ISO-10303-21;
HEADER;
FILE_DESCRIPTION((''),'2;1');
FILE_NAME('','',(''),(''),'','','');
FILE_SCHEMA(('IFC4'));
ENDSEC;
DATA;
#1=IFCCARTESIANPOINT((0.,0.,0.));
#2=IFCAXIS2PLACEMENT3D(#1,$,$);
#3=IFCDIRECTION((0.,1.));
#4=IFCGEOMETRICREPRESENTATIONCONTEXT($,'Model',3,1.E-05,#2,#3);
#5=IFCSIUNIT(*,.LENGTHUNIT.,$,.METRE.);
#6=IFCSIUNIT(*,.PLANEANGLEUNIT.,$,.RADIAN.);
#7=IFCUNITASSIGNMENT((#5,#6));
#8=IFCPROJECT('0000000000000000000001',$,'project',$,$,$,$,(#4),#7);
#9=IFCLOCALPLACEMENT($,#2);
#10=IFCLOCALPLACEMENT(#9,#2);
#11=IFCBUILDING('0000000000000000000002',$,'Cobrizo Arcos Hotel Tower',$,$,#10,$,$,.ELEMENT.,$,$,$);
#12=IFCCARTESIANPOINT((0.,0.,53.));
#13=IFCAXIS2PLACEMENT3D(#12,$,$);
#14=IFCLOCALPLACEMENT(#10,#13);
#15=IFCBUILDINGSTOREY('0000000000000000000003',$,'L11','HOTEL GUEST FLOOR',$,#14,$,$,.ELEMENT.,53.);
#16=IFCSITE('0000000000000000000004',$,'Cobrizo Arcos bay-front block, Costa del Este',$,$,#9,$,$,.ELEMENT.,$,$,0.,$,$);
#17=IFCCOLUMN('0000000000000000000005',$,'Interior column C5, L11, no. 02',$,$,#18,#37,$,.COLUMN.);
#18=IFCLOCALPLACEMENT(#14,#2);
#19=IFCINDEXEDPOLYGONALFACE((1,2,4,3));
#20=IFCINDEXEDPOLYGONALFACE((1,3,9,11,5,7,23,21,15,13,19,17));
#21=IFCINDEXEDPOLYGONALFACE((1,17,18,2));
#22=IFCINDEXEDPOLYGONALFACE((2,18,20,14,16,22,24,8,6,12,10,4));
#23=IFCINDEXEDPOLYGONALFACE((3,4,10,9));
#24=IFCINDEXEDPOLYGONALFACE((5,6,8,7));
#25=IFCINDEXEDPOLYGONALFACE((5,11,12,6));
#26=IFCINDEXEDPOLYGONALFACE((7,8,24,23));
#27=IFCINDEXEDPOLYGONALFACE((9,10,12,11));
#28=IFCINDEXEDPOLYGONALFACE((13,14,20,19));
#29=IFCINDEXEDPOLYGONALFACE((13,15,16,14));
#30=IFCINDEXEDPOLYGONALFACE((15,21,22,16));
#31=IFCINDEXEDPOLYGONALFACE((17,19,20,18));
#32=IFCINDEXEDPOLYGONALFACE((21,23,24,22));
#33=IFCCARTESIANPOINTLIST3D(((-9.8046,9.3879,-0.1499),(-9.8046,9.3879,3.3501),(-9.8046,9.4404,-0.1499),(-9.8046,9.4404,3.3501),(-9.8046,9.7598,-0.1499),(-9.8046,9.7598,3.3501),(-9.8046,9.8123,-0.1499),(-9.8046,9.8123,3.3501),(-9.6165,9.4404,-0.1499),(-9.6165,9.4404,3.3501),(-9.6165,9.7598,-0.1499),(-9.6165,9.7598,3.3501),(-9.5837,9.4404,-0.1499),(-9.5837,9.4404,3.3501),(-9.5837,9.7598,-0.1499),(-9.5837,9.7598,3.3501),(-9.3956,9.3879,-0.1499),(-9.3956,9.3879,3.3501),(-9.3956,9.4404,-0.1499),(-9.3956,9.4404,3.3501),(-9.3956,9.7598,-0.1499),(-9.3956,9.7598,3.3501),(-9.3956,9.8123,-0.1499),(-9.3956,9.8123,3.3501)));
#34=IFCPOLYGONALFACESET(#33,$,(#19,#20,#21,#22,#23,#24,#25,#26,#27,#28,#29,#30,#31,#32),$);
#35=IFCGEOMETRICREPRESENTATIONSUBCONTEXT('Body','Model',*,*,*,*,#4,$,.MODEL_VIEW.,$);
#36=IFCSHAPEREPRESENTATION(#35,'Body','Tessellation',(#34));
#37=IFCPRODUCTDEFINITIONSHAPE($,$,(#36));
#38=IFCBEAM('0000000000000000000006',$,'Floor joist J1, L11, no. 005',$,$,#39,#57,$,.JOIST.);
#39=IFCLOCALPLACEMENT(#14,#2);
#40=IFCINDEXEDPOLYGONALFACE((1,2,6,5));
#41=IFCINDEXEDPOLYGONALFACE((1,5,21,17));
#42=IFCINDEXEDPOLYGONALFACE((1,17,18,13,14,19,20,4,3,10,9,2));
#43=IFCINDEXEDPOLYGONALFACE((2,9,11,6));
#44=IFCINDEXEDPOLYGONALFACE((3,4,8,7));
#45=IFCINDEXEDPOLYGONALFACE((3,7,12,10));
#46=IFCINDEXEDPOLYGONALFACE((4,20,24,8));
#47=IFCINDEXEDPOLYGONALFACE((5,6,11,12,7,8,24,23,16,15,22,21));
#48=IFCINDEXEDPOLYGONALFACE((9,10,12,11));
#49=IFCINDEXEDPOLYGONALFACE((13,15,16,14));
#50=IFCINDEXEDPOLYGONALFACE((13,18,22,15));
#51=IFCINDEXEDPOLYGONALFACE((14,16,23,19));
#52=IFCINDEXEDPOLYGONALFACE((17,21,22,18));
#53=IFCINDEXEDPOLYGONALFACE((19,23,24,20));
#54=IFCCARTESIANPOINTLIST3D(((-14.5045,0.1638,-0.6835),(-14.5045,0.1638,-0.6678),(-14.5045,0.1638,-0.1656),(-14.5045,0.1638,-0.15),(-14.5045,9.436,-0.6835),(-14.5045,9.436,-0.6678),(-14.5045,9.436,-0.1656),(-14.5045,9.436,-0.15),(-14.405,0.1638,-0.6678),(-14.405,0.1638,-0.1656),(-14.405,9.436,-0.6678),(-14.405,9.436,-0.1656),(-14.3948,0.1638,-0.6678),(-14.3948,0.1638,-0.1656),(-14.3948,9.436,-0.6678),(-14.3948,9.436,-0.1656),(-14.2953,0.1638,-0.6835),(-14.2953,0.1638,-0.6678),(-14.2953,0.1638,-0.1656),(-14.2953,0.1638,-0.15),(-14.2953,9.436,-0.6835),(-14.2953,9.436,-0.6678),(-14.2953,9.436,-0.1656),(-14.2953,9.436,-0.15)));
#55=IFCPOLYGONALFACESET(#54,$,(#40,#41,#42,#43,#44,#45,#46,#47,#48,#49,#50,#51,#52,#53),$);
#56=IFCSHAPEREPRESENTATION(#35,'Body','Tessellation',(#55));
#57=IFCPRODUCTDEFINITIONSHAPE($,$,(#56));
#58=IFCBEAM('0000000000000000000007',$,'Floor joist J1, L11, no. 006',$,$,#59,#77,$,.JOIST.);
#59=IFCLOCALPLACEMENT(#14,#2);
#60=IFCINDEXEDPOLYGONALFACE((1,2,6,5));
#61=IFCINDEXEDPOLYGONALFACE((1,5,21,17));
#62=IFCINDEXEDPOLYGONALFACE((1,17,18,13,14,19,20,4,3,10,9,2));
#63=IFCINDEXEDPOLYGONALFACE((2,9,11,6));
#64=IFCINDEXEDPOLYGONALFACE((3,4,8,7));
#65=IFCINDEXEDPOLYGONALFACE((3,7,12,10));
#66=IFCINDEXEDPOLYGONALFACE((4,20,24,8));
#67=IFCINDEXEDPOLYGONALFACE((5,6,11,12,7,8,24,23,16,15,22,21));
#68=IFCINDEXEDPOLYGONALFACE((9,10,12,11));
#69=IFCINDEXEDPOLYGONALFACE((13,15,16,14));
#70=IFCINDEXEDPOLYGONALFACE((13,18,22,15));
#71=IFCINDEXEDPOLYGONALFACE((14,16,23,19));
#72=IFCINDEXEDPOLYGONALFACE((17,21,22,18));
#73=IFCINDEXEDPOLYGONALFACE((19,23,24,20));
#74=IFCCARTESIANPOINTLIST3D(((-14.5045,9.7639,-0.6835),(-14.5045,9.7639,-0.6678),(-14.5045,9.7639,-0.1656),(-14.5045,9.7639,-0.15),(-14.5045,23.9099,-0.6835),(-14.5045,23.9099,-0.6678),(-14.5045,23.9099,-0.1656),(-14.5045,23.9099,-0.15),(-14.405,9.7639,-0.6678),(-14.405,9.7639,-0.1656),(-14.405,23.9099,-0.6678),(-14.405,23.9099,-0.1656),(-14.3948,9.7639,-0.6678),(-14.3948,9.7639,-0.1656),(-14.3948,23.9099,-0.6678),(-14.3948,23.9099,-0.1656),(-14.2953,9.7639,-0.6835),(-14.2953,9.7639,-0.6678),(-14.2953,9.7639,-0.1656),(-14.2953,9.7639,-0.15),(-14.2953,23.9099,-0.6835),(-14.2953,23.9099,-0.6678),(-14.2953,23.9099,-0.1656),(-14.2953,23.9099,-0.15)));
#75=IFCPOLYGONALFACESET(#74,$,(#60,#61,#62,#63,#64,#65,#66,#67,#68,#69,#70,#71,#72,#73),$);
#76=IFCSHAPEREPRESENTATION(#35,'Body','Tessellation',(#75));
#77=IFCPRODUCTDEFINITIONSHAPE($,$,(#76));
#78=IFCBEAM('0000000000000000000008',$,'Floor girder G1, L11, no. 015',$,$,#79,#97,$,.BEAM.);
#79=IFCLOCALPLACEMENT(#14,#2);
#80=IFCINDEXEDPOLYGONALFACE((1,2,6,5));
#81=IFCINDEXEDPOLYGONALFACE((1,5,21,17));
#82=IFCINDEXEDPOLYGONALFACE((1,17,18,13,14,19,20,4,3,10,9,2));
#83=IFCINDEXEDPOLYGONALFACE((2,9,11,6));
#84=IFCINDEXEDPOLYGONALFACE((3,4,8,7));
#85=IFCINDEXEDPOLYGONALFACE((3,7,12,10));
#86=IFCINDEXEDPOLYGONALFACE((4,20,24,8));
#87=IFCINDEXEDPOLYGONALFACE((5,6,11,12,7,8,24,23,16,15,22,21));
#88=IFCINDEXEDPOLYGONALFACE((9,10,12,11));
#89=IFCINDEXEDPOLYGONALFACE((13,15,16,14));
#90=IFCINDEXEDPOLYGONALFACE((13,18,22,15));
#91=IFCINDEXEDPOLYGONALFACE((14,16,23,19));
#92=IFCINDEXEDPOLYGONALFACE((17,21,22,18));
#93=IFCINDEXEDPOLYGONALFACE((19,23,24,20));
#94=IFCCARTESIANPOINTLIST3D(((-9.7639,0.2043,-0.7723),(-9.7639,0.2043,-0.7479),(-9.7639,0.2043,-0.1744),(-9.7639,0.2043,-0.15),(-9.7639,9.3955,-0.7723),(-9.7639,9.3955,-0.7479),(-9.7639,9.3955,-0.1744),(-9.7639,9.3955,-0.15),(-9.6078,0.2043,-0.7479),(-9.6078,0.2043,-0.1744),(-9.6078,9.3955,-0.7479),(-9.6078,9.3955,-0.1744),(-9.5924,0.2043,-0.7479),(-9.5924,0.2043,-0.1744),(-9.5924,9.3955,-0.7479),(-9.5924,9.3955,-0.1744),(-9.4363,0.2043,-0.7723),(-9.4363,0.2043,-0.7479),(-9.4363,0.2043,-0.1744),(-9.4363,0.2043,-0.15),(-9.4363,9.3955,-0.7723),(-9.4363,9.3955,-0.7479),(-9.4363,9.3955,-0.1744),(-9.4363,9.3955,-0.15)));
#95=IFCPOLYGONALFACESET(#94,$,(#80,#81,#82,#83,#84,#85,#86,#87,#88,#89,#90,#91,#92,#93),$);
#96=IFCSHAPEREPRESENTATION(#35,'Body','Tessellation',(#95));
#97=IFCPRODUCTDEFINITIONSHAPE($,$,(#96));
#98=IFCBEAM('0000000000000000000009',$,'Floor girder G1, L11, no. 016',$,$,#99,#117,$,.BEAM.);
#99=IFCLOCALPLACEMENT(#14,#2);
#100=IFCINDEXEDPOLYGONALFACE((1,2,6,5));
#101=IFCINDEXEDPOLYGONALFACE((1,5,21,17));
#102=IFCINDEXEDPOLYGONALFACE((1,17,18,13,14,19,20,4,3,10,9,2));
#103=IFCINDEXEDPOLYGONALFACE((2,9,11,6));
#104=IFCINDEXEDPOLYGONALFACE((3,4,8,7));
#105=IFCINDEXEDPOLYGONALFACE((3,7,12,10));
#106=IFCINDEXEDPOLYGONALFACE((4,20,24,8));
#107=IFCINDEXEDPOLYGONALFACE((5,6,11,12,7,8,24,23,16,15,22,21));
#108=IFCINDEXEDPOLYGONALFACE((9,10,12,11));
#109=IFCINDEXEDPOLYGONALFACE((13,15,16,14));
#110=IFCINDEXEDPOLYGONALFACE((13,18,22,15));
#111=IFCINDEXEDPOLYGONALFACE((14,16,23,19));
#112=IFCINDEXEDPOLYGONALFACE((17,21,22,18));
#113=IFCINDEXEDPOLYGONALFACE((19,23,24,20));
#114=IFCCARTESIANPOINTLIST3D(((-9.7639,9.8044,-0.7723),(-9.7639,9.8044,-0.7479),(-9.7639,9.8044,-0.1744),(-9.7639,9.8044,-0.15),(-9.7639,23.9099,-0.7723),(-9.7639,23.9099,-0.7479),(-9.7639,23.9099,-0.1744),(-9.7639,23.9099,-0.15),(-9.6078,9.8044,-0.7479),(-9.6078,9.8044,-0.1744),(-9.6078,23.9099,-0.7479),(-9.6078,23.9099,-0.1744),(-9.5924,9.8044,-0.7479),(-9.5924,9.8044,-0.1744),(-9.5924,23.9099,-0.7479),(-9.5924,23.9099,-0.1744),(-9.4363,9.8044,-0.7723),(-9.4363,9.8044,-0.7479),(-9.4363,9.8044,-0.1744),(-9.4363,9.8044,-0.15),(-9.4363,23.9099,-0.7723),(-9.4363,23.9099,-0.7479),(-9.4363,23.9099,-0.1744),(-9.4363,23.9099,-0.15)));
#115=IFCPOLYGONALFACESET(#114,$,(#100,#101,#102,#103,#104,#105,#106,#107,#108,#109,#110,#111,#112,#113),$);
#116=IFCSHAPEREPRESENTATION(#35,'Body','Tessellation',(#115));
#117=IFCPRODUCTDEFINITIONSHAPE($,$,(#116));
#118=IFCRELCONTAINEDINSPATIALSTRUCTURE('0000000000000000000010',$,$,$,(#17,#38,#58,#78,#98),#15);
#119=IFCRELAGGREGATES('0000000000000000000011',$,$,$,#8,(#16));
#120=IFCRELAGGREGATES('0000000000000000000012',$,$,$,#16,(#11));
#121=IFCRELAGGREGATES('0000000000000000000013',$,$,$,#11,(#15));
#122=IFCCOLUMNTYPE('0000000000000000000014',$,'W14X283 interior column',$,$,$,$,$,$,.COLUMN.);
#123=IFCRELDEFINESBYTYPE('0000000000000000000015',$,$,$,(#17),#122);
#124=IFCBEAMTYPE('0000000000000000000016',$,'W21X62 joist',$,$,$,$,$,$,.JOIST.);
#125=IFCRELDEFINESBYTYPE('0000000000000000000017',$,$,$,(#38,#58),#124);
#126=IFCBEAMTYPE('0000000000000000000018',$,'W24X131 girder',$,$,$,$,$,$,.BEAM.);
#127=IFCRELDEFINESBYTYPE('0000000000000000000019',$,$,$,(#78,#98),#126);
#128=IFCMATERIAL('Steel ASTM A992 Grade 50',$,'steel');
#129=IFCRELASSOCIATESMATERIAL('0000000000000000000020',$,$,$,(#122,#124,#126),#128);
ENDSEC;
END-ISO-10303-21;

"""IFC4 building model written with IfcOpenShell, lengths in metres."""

from ifc_helpers import new_model, si_unit, direction, frame, origin, origin_2d, place, context, subcontext, project, spatial, i_section, extrude, material, material_profile, profile_set, type_object, element, save


model = new_model("IFC4")

# Units and contexts
model_context = context("Model", 3, precision=1e-05, world=origin(), true_north=direction((0.0, 1.0)))
body_context = subcontext(model_context, "Body", "Model", "MODEL_VIEW")
ifc_project = project(units=[si_unit("LENGTHUNIT", "METRE"), si_unit("PLANEANGLEUNIT", "RADIAN")], contexts=[model_context])

# Site, building, storey
site_placement = place(None, origin())
site = spatial("IfcSite", under=ifc_project, at=site_placement, Name="Cobrizo Arcos bay-front block, Costa del Este", CompositionType="ELEMENT", RefElevation=0.0)
building_placement = place(site_placement, origin())
building = spatial("IfcBuilding", under=site, at=building_placement, Name="Cobrizo Arcos Hotel Tower", CompositionType="ELEMENT")
storey_placement = place(building_placement, frame((0.0, 0.0, 53.0)))
storey = spatial("IfcBuildingStorey", under=building, at=storey_placement, Name="L11", Description="HOTEL GUEST FLOOR", CompositionType="ELEMENT", Elevation=53.0)

# Column
ifc_material_1 = material(Name="Steel ASTM A992 Grade 50", Category="steel")
ifc_material_profile_1 = material_profile(ifc_material_1, i_section(OverallWidth=0.4089, OverallDepth=0.4243, WebThickness=0.0327, FlangeThickness=0.0525, at=origin_2d()), Name="W14X283")
ifc_profile_set_1 = profile_set([ifc_material_profile_1], Name="Steel ASTM A992 Grade 50")
column_type = type_object("IfcColumnType", Name="W14X283 interior column", PredefinedType="COLUMN", material=ifc_profile_set_1)
column_placement = place(storey_placement, frame((-9.6001, 9.6001, -0.1499), z_axis=(0.0, 0.0, 1.0), x_axis=(1.0, 0.0, 0.0)))
element("IfcColumn", 1, at=column_placement, inside=storey, type_object=column_type, Name="Interior column C5, L11, no. 02", PredefinedType="COLUMN", context=body_context, shape_type="SweptSolid", body=[
    extrude(i_section(OverallWidth=0.4089, OverallDepth=0.4243, WebThickness=0.0327, FlangeThickness=0.0525, at=origin_2d()), origin(), (0.0, 0.0, 1.0), 3.5),
])

# Beams
ifc_material_profile_2 = material_profile(ifc_material_1, i_section(OverallWidth=0.2092, OverallDepth=0.5334, WebThickness=0.0103, FlangeThickness=0.0156, at=origin_2d()), Name="W21X62")
ifc_profile_set_2 = profile_set([ifc_material_profile_2], Name="Steel ASTM A992 Grade 50")
beam_type_1 = type_object("IfcBeamType", Name="W21X62 joist", PredefinedType="JOIST", material=ifc_profile_set_2)
beam_1_placement = place(storey_placement, frame((-14.3999, 0.1638, -0.4167), z_axis=(0.0, 1.0, 0.0), x_axis=(-1.0, 0.0, 0.0)))
element("IfcBeam", 2, at=beam_1_placement, inside=storey, type_object=beam_type_1, Name="Floor joist J1, L11, no. 005", PredefinedType="JOIST", context=body_context, shape_type="SweptSolid", body=[
    extrude(i_section(OverallWidth=0.2092, OverallDepth=0.5334, WebThickness=0.0103, FlangeThickness=0.0156, at=origin_2d()), origin(), (0.0, 0.0, 1.0), 9.2722),
])
beam_2_placement = place(storey_placement, frame((-14.3999, 9.7639, -0.4167), z_axis=(0.0, 1.0, 0.0), x_axis=(-1.0, 0.0, 0.0)))
element("IfcBeam", 3, at=beam_2_placement, inside=storey, type_object=beam_type_1, Name="Floor joist J1, L11, no. 006", PredefinedType="JOIST", context=body_context, shape_type="SweptSolid", body=[
    extrude(i_section(OverallWidth=0.2092, OverallDepth=0.5334, WebThickness=0.0103, FlangeThickness=0.0156, at=origin_2d()), origin(), (0.0, 0.0, 1.0), 14.146),
])
ifc_material_profile_3 = material_profile(ifc_material_1, i_section(OverallWidth=0.3276, OverallDepth=0.6223, WebThickness=0.0154, FlangeThickness=0.0244, at=origin_2d()), Name="W24X131")
ifc_profile_set_3 = profile_set([ifc_material_profile_3], Name="Steel ASTM A992 Grade 50")
beam_type_2 = type_object("IfcBeamType", Name="W24X131 girder", PredefinedType="BEAM", material=ifc_profile_set_3)
beam_3_placement = place(storey_placement, frame((-9.6001, 0.2043, -0.4612), z_axis=(0.0, 1.0, 0.0), x_axis=(-1.0, 0.0, 0.0)))
element("IfcBeam", 4, at=beam_3_placement, inside=storey, type_object=beam_type_2, Name="Floor girder G1, L11, no. 015", PredefinedType="BEAM", context=body_context, shape_type="SweptSolid", body=[
    extrude(i_section(OverallWidth=0.3276, OverallDepth=0.6223, WebThickness=0.0154, FlangeThickness=0.0244, at=origin_2d()), origin(), (0.0, 0.0, 1.0), 9.1912),
])
beam_4_placement = place(storey_placement, frame((-9.6001, 9.8044, -0.4612), z_axis=(0.0, 1.0, 0.0), x_axis=(-1.0, 0.0, 0.0)))
element("IfcBeam", 5, at=beam_4_placement, inside=storey, type_object=beam_type_2, Name="Floor girder G1, L11, no. 016", PredefinedType="BEAM", context=body_context, shape_type="SweptSolid", body=[
    extrude(i_section(OverallWidth=0.3276, OverallDepth=0.6223, WebThickness=0.0154, FlangeThickness=0.0244, at=origin_2d()), origin(), (0.0, 0.0, 1.0), 14.1055),
])

save(model, "model.ifc")
